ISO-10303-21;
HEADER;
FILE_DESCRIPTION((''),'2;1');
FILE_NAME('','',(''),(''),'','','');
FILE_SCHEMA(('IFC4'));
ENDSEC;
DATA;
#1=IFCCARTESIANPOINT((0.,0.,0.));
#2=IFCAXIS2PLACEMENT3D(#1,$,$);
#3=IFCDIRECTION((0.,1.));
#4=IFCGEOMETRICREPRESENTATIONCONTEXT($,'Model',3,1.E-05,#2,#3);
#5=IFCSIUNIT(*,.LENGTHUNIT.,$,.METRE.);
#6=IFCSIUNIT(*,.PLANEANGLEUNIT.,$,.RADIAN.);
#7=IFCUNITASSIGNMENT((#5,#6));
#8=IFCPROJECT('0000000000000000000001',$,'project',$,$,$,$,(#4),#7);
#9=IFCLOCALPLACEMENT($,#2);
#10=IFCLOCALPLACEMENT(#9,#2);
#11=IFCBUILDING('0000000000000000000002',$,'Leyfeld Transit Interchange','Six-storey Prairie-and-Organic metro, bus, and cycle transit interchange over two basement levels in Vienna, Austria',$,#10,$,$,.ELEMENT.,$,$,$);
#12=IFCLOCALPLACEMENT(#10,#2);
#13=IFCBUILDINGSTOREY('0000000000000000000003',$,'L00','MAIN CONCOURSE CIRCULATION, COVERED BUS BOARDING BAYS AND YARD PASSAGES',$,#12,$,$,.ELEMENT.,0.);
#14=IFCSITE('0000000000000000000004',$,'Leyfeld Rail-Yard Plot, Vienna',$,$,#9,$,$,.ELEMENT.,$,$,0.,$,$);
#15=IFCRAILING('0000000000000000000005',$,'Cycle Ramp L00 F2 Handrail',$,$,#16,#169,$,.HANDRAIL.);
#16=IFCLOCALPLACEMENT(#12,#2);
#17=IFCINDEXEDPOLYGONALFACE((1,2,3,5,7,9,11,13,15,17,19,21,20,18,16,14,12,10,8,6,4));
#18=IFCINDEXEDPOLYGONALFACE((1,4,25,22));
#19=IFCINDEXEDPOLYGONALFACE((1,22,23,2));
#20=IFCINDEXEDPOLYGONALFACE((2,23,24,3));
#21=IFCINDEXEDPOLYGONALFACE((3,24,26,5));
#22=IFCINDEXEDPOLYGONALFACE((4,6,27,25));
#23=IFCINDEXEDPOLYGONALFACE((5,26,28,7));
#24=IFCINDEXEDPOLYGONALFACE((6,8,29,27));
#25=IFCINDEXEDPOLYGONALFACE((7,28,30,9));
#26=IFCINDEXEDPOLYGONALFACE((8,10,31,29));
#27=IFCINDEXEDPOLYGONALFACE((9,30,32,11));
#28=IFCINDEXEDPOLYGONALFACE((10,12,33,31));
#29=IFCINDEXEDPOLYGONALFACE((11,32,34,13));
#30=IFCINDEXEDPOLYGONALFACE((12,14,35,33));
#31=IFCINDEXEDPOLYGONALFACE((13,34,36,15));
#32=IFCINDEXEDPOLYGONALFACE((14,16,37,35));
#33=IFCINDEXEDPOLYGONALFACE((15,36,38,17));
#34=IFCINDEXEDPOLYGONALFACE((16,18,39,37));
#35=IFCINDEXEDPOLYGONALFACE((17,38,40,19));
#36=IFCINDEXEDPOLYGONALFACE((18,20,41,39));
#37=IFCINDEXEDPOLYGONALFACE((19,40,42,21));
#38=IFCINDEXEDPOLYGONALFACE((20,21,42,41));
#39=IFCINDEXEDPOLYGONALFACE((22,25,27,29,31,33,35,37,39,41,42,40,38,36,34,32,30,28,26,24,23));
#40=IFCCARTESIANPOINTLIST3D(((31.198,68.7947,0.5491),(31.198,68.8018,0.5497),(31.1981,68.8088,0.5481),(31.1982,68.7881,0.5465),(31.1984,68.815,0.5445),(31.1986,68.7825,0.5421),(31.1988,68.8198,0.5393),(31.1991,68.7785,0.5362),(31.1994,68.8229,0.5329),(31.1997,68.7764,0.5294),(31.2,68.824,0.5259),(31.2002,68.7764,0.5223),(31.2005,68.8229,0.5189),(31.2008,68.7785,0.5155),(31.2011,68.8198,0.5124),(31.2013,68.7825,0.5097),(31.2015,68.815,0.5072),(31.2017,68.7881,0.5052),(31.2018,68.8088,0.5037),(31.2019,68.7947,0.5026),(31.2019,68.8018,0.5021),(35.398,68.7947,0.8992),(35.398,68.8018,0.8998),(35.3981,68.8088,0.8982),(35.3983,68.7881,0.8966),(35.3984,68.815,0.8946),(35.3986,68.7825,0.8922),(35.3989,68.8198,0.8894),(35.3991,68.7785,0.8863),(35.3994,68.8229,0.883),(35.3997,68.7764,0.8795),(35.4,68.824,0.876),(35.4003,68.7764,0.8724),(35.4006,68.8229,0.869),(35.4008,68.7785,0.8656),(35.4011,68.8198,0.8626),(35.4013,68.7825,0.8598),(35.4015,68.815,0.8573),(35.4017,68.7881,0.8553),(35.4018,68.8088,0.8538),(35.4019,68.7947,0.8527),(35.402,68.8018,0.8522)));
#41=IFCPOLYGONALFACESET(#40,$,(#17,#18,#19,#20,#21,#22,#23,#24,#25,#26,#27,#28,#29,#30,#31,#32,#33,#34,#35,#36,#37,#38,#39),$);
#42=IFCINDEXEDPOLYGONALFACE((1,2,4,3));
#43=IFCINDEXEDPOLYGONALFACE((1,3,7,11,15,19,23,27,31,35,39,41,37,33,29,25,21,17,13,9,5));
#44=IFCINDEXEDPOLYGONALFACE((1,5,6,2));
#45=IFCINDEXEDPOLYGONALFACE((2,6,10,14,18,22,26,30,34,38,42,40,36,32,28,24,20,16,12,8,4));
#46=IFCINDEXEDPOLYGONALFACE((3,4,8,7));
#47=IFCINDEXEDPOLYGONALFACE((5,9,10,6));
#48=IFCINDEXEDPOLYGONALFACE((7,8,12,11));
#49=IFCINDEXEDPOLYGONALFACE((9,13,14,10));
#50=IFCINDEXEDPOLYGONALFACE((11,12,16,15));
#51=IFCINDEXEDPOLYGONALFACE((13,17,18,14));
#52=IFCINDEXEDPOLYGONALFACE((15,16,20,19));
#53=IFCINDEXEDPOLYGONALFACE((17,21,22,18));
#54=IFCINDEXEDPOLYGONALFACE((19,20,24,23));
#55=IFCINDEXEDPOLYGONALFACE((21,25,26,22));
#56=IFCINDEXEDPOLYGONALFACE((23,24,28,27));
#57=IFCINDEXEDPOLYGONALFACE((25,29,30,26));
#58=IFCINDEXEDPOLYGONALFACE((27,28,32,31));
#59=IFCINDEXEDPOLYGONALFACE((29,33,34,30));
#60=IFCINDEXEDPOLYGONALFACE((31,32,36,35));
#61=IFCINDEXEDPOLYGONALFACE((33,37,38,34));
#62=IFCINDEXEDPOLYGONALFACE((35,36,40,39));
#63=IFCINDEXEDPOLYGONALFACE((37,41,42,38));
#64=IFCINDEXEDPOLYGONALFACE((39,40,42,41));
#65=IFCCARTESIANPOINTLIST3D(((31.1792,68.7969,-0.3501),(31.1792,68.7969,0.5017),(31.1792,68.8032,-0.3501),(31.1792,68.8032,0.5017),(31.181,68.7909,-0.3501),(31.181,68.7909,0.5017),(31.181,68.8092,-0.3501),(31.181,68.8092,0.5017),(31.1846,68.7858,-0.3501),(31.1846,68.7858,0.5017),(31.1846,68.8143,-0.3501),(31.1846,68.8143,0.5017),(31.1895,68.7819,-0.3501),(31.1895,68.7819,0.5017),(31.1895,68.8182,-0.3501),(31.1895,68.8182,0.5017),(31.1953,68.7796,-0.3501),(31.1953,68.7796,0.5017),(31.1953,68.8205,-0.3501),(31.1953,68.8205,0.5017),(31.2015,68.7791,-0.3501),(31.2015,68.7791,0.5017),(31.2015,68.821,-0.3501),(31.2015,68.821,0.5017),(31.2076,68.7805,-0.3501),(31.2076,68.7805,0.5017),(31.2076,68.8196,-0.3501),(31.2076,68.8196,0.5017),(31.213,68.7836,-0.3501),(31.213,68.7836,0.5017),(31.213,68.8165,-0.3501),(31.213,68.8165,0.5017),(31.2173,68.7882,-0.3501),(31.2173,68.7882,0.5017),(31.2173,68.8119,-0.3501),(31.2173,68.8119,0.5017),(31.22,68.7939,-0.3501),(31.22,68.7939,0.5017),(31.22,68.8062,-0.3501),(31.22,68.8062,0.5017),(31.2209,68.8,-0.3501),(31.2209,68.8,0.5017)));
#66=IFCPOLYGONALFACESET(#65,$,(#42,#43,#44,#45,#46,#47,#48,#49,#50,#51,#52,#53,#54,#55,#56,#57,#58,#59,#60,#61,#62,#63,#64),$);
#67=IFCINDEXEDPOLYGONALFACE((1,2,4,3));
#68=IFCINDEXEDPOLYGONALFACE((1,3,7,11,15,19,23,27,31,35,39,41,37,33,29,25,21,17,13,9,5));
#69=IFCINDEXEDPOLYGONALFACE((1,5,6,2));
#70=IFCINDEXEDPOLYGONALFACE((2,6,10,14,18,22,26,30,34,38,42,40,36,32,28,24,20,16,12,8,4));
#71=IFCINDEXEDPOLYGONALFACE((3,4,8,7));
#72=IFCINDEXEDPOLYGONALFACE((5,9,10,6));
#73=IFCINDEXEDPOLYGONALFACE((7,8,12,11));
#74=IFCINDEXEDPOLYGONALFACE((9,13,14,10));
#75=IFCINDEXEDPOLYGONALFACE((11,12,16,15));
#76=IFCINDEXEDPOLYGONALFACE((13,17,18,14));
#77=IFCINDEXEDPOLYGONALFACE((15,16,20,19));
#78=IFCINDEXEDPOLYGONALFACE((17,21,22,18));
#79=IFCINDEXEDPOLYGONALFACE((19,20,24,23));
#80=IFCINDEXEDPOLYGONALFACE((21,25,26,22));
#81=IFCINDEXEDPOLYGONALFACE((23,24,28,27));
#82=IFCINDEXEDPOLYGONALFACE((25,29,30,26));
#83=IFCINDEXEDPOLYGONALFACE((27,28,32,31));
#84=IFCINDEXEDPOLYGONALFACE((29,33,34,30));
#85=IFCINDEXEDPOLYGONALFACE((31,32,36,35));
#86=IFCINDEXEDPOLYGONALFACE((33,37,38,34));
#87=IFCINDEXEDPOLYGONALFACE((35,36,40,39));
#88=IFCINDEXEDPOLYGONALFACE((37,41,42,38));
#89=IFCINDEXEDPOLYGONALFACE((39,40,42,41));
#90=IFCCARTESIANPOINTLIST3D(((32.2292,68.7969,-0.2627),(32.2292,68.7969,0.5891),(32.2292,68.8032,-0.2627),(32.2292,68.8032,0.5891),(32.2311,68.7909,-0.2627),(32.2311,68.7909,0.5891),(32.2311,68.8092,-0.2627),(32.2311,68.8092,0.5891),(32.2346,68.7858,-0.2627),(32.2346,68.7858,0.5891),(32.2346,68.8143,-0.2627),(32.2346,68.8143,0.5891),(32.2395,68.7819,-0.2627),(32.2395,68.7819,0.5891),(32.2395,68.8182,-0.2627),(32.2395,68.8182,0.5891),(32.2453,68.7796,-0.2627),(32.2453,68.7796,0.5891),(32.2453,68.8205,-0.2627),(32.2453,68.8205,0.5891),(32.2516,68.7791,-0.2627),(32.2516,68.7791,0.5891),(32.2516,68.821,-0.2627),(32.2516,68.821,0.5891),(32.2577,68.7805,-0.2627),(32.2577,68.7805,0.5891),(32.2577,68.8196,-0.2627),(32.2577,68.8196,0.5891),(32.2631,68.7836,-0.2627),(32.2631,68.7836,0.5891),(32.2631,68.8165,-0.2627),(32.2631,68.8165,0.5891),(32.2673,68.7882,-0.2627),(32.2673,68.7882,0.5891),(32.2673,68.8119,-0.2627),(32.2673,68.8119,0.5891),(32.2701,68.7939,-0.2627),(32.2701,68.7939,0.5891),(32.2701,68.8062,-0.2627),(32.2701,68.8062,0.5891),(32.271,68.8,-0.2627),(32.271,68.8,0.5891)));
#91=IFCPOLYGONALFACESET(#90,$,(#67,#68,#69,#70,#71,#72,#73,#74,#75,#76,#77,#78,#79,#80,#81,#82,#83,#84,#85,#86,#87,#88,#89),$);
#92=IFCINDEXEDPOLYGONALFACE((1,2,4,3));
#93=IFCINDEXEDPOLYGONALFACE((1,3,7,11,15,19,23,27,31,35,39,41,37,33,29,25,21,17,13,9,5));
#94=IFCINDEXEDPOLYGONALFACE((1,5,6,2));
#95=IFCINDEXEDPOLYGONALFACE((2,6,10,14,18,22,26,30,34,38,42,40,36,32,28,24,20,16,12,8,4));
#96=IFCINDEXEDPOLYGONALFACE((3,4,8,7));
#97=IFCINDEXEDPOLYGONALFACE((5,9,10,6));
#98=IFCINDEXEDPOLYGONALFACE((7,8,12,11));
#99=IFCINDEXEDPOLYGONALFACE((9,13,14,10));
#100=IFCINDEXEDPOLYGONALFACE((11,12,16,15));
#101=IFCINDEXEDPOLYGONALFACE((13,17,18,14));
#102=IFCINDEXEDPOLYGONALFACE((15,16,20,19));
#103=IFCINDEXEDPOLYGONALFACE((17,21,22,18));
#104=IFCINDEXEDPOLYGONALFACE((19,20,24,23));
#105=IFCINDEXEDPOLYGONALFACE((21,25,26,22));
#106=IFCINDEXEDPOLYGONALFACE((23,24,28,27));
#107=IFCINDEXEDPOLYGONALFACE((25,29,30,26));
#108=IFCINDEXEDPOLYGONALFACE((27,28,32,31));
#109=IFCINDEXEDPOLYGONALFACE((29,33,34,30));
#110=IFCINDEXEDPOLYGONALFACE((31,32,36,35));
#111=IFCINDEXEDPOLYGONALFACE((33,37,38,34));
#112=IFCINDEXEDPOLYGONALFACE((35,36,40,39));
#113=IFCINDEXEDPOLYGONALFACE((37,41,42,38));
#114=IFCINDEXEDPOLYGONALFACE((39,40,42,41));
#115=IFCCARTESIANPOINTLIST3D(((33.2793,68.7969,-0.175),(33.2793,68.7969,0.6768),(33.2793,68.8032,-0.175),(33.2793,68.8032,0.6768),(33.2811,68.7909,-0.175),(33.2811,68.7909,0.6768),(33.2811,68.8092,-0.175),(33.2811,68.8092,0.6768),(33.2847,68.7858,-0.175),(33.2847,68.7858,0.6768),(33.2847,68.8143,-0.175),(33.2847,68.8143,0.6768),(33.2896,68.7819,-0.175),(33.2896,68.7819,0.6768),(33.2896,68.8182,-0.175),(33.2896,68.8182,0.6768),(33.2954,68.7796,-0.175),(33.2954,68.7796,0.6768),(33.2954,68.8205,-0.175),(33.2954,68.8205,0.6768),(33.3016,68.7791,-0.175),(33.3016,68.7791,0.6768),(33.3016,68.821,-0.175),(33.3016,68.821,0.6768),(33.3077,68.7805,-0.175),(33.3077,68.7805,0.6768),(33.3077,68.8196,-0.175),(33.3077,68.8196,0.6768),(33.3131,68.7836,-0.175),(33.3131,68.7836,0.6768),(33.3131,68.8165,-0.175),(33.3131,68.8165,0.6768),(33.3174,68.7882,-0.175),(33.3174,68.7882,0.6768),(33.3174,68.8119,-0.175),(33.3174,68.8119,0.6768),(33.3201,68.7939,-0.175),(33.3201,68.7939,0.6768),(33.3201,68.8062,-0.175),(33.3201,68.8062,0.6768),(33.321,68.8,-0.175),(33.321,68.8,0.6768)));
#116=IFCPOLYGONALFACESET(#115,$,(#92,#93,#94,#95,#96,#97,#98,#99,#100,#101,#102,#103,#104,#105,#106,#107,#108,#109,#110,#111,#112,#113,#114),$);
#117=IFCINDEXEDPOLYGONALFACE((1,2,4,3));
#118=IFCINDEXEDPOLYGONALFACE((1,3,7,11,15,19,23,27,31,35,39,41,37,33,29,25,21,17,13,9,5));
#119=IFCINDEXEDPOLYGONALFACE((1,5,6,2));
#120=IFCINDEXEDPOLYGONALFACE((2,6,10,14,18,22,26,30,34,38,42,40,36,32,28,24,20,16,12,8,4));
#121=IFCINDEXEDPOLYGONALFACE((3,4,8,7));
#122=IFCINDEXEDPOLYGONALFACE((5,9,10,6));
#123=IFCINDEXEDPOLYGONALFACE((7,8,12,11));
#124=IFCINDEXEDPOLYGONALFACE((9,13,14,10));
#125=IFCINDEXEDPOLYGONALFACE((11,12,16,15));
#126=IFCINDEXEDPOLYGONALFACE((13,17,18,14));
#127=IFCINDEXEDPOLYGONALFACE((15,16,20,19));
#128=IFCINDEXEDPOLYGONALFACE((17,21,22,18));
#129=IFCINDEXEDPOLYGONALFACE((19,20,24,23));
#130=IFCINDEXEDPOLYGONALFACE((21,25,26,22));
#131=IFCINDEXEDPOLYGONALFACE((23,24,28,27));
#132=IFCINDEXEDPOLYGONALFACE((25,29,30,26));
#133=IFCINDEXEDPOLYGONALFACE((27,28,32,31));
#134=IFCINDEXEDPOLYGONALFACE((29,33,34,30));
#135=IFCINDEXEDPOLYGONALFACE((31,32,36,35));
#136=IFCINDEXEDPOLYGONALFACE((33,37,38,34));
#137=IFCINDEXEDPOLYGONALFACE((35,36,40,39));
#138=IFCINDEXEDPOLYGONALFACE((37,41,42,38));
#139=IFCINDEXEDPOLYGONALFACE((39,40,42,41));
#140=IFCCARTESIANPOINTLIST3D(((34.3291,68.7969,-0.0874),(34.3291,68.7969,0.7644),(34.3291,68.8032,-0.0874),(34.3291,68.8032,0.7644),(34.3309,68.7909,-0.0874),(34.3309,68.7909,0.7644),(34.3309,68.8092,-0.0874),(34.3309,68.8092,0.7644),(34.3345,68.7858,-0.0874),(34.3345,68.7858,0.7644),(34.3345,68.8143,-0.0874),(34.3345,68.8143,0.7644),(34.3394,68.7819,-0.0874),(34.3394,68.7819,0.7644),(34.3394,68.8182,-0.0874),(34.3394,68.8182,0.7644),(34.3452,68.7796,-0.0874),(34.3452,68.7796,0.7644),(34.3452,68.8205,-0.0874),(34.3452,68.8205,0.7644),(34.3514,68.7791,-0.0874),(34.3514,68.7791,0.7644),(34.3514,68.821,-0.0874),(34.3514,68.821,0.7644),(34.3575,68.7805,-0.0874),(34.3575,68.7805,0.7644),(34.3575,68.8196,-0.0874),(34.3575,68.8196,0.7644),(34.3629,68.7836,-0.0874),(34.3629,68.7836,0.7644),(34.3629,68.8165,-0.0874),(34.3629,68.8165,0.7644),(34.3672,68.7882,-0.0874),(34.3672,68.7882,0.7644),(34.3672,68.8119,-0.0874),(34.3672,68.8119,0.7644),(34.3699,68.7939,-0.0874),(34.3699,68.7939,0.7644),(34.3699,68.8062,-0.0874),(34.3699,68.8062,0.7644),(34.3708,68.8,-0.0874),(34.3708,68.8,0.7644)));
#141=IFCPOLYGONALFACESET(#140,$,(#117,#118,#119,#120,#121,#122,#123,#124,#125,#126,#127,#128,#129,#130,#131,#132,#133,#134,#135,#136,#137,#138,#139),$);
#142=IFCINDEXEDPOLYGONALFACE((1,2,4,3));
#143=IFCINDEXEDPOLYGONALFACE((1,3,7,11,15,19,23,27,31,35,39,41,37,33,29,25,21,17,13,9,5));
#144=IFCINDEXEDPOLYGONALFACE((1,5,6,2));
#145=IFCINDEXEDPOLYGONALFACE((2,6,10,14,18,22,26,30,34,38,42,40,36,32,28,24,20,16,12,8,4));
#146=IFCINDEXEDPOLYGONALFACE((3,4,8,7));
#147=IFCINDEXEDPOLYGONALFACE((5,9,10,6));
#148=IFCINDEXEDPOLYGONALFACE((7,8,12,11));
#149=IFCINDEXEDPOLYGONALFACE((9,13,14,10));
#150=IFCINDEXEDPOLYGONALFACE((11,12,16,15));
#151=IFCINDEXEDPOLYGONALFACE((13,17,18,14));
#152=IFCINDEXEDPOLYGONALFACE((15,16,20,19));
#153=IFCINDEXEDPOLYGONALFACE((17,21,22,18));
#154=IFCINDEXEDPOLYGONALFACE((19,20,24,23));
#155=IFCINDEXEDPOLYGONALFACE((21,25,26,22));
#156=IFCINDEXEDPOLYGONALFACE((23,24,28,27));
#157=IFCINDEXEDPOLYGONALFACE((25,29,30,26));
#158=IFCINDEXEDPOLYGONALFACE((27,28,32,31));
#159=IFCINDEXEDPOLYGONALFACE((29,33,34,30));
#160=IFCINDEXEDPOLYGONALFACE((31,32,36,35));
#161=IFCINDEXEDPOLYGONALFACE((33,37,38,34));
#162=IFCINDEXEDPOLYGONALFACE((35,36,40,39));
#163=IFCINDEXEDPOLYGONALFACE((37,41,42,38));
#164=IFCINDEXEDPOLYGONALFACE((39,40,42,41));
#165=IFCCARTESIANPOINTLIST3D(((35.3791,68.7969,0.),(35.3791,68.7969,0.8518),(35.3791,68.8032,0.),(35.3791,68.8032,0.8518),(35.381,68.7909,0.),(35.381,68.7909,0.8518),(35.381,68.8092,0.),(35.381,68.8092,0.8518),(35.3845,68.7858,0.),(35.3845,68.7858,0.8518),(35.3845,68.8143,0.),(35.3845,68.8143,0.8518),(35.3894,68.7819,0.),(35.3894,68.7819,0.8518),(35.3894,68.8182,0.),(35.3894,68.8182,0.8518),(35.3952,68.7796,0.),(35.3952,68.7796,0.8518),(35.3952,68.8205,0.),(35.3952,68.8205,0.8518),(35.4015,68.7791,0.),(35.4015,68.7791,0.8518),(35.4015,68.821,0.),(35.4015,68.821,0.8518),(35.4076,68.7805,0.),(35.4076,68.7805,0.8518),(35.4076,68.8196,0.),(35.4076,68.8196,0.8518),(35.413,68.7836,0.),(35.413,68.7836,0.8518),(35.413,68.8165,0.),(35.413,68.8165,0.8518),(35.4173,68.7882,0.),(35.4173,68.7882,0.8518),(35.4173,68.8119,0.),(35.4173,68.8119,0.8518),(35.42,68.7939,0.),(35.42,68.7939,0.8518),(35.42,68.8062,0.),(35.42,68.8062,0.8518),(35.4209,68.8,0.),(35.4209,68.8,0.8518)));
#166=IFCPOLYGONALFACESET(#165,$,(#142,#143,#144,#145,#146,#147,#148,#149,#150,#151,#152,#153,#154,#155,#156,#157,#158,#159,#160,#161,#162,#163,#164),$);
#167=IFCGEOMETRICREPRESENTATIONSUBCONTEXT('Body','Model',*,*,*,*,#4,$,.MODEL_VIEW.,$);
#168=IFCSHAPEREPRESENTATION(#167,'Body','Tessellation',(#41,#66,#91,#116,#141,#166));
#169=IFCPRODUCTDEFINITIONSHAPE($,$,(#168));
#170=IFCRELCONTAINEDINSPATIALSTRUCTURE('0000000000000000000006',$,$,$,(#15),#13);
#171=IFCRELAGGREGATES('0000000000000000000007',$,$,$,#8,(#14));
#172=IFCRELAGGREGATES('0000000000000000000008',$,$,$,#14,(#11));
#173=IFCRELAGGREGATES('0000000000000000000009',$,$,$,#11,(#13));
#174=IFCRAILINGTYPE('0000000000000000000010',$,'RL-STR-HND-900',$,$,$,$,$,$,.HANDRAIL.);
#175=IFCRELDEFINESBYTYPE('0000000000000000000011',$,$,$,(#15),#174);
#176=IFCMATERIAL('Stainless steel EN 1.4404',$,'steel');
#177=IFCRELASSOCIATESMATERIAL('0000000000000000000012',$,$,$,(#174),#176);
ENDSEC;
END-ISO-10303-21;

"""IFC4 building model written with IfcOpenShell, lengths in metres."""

from ifc_helpers import new_model, si_unit, direction, frame, origin, origin_2d, place, context, subcontext, project, spatial, circle, extrude, material, type_object, element, save


model = new_model("IFC4")

# Units and contexts
model_context = context("Model", 3, precision=1e-05, world=origin(), true_north=direction((0.0, 1.0)))
body_context = subcontext(model_context, "Body", "Model", "MODEL_VIEW")
ifc_project = project(units=[si_unit("LENGTHUNIT", "METRE"), si_unit("PLANEANGLEUNIT", "RADIAN")], contexts=[model_context])

# Site, building, storey
site_placement = place(None, origin())
site = spatial("IfcSite", under=ifc_project, at=site_placement, Name="Leyfeld Rail-Yard Plot, Vienna", CompositionType="ELEMENT", RefElevation=0.0)
building_placement = place(site_placement, origin())
building = spatial("IfcBuilding", under=site, at=building_placement, Name="Leyfeld Transit Interchange", Description="Six-storey Prairie-and-Organic metro, bus, and cycle transit interchange over two basement levels in Vienna, Austria", CompositionType="ELEMENT")
storey_placement = place(building_placement, origin())
storey = spatial("IfcBuildingStorey", under=building, at=storey_placement, Name="L00", Description="MAIN CONCOURSE CIRCULATION, COVERED BUS BOARDING BAYS AND YARD PASSAGES", CompositionType="ELEMENT", Elevation=0.0)

# Railing
ifc_material_1 = material(Name="Stainless steel EN 1.4404", Category="steel")
railing_type_1 = type_object("IfcRailingType", Name="RL-STR-HND-900", PredefinedType="HANDRAIL", material=ifc_material_1)
railing_1_placement = place(storey_placement, frame((31.2, 68.8, -0.3501)))
element("IfcRailing", 1, at=railing_1_placement, inside=storey, type_object=railing_type_1, Name="Cycle Ramp L00 F2 Handrail", PredefinedType="HANDRAIL", context=body_context, shape_type="SweptSolid", body=[
    extrude(circle(Radius=0.0239, at=origin_2d()), frame((0.0, 0.0, 0.876), z_axis=(0.996544, 0.0, 0.083069), x_axis=(0.0, 1.0, 0.0)), (0.0, 0.0, 1.0), 4.2146),
    extrude(circle(Radius=0.021, at=origin_2d()), origin(), (0.0, 0.0, 1.0), 0.8518),
    extrude(circle(Radius=0.021, at=origin_2d()), frame((1.05, 0.0, 0.0874)), (0.0, 0.0, 1.0), 0.8518),
    extrude(circle(Radius=0.021, at=origin_2d()), frame((2.1001, 0.0, 0.175)), (0.0, 0.0, 1.0), 0.8518),
    extrude(circle(Radius=0.021, at=origin_2d()), frame((3.1499, 0.0, 0.2627)), (0.0, 0.0, 1.0), 0.8518),
    extrude(circle(Radius=0.021, at=origin_2d()), frame((4.2, 0.0, 0.3501)), (0.0, 0.0, 1.0), 0.8518),
])

save(model, "model.ifc")
